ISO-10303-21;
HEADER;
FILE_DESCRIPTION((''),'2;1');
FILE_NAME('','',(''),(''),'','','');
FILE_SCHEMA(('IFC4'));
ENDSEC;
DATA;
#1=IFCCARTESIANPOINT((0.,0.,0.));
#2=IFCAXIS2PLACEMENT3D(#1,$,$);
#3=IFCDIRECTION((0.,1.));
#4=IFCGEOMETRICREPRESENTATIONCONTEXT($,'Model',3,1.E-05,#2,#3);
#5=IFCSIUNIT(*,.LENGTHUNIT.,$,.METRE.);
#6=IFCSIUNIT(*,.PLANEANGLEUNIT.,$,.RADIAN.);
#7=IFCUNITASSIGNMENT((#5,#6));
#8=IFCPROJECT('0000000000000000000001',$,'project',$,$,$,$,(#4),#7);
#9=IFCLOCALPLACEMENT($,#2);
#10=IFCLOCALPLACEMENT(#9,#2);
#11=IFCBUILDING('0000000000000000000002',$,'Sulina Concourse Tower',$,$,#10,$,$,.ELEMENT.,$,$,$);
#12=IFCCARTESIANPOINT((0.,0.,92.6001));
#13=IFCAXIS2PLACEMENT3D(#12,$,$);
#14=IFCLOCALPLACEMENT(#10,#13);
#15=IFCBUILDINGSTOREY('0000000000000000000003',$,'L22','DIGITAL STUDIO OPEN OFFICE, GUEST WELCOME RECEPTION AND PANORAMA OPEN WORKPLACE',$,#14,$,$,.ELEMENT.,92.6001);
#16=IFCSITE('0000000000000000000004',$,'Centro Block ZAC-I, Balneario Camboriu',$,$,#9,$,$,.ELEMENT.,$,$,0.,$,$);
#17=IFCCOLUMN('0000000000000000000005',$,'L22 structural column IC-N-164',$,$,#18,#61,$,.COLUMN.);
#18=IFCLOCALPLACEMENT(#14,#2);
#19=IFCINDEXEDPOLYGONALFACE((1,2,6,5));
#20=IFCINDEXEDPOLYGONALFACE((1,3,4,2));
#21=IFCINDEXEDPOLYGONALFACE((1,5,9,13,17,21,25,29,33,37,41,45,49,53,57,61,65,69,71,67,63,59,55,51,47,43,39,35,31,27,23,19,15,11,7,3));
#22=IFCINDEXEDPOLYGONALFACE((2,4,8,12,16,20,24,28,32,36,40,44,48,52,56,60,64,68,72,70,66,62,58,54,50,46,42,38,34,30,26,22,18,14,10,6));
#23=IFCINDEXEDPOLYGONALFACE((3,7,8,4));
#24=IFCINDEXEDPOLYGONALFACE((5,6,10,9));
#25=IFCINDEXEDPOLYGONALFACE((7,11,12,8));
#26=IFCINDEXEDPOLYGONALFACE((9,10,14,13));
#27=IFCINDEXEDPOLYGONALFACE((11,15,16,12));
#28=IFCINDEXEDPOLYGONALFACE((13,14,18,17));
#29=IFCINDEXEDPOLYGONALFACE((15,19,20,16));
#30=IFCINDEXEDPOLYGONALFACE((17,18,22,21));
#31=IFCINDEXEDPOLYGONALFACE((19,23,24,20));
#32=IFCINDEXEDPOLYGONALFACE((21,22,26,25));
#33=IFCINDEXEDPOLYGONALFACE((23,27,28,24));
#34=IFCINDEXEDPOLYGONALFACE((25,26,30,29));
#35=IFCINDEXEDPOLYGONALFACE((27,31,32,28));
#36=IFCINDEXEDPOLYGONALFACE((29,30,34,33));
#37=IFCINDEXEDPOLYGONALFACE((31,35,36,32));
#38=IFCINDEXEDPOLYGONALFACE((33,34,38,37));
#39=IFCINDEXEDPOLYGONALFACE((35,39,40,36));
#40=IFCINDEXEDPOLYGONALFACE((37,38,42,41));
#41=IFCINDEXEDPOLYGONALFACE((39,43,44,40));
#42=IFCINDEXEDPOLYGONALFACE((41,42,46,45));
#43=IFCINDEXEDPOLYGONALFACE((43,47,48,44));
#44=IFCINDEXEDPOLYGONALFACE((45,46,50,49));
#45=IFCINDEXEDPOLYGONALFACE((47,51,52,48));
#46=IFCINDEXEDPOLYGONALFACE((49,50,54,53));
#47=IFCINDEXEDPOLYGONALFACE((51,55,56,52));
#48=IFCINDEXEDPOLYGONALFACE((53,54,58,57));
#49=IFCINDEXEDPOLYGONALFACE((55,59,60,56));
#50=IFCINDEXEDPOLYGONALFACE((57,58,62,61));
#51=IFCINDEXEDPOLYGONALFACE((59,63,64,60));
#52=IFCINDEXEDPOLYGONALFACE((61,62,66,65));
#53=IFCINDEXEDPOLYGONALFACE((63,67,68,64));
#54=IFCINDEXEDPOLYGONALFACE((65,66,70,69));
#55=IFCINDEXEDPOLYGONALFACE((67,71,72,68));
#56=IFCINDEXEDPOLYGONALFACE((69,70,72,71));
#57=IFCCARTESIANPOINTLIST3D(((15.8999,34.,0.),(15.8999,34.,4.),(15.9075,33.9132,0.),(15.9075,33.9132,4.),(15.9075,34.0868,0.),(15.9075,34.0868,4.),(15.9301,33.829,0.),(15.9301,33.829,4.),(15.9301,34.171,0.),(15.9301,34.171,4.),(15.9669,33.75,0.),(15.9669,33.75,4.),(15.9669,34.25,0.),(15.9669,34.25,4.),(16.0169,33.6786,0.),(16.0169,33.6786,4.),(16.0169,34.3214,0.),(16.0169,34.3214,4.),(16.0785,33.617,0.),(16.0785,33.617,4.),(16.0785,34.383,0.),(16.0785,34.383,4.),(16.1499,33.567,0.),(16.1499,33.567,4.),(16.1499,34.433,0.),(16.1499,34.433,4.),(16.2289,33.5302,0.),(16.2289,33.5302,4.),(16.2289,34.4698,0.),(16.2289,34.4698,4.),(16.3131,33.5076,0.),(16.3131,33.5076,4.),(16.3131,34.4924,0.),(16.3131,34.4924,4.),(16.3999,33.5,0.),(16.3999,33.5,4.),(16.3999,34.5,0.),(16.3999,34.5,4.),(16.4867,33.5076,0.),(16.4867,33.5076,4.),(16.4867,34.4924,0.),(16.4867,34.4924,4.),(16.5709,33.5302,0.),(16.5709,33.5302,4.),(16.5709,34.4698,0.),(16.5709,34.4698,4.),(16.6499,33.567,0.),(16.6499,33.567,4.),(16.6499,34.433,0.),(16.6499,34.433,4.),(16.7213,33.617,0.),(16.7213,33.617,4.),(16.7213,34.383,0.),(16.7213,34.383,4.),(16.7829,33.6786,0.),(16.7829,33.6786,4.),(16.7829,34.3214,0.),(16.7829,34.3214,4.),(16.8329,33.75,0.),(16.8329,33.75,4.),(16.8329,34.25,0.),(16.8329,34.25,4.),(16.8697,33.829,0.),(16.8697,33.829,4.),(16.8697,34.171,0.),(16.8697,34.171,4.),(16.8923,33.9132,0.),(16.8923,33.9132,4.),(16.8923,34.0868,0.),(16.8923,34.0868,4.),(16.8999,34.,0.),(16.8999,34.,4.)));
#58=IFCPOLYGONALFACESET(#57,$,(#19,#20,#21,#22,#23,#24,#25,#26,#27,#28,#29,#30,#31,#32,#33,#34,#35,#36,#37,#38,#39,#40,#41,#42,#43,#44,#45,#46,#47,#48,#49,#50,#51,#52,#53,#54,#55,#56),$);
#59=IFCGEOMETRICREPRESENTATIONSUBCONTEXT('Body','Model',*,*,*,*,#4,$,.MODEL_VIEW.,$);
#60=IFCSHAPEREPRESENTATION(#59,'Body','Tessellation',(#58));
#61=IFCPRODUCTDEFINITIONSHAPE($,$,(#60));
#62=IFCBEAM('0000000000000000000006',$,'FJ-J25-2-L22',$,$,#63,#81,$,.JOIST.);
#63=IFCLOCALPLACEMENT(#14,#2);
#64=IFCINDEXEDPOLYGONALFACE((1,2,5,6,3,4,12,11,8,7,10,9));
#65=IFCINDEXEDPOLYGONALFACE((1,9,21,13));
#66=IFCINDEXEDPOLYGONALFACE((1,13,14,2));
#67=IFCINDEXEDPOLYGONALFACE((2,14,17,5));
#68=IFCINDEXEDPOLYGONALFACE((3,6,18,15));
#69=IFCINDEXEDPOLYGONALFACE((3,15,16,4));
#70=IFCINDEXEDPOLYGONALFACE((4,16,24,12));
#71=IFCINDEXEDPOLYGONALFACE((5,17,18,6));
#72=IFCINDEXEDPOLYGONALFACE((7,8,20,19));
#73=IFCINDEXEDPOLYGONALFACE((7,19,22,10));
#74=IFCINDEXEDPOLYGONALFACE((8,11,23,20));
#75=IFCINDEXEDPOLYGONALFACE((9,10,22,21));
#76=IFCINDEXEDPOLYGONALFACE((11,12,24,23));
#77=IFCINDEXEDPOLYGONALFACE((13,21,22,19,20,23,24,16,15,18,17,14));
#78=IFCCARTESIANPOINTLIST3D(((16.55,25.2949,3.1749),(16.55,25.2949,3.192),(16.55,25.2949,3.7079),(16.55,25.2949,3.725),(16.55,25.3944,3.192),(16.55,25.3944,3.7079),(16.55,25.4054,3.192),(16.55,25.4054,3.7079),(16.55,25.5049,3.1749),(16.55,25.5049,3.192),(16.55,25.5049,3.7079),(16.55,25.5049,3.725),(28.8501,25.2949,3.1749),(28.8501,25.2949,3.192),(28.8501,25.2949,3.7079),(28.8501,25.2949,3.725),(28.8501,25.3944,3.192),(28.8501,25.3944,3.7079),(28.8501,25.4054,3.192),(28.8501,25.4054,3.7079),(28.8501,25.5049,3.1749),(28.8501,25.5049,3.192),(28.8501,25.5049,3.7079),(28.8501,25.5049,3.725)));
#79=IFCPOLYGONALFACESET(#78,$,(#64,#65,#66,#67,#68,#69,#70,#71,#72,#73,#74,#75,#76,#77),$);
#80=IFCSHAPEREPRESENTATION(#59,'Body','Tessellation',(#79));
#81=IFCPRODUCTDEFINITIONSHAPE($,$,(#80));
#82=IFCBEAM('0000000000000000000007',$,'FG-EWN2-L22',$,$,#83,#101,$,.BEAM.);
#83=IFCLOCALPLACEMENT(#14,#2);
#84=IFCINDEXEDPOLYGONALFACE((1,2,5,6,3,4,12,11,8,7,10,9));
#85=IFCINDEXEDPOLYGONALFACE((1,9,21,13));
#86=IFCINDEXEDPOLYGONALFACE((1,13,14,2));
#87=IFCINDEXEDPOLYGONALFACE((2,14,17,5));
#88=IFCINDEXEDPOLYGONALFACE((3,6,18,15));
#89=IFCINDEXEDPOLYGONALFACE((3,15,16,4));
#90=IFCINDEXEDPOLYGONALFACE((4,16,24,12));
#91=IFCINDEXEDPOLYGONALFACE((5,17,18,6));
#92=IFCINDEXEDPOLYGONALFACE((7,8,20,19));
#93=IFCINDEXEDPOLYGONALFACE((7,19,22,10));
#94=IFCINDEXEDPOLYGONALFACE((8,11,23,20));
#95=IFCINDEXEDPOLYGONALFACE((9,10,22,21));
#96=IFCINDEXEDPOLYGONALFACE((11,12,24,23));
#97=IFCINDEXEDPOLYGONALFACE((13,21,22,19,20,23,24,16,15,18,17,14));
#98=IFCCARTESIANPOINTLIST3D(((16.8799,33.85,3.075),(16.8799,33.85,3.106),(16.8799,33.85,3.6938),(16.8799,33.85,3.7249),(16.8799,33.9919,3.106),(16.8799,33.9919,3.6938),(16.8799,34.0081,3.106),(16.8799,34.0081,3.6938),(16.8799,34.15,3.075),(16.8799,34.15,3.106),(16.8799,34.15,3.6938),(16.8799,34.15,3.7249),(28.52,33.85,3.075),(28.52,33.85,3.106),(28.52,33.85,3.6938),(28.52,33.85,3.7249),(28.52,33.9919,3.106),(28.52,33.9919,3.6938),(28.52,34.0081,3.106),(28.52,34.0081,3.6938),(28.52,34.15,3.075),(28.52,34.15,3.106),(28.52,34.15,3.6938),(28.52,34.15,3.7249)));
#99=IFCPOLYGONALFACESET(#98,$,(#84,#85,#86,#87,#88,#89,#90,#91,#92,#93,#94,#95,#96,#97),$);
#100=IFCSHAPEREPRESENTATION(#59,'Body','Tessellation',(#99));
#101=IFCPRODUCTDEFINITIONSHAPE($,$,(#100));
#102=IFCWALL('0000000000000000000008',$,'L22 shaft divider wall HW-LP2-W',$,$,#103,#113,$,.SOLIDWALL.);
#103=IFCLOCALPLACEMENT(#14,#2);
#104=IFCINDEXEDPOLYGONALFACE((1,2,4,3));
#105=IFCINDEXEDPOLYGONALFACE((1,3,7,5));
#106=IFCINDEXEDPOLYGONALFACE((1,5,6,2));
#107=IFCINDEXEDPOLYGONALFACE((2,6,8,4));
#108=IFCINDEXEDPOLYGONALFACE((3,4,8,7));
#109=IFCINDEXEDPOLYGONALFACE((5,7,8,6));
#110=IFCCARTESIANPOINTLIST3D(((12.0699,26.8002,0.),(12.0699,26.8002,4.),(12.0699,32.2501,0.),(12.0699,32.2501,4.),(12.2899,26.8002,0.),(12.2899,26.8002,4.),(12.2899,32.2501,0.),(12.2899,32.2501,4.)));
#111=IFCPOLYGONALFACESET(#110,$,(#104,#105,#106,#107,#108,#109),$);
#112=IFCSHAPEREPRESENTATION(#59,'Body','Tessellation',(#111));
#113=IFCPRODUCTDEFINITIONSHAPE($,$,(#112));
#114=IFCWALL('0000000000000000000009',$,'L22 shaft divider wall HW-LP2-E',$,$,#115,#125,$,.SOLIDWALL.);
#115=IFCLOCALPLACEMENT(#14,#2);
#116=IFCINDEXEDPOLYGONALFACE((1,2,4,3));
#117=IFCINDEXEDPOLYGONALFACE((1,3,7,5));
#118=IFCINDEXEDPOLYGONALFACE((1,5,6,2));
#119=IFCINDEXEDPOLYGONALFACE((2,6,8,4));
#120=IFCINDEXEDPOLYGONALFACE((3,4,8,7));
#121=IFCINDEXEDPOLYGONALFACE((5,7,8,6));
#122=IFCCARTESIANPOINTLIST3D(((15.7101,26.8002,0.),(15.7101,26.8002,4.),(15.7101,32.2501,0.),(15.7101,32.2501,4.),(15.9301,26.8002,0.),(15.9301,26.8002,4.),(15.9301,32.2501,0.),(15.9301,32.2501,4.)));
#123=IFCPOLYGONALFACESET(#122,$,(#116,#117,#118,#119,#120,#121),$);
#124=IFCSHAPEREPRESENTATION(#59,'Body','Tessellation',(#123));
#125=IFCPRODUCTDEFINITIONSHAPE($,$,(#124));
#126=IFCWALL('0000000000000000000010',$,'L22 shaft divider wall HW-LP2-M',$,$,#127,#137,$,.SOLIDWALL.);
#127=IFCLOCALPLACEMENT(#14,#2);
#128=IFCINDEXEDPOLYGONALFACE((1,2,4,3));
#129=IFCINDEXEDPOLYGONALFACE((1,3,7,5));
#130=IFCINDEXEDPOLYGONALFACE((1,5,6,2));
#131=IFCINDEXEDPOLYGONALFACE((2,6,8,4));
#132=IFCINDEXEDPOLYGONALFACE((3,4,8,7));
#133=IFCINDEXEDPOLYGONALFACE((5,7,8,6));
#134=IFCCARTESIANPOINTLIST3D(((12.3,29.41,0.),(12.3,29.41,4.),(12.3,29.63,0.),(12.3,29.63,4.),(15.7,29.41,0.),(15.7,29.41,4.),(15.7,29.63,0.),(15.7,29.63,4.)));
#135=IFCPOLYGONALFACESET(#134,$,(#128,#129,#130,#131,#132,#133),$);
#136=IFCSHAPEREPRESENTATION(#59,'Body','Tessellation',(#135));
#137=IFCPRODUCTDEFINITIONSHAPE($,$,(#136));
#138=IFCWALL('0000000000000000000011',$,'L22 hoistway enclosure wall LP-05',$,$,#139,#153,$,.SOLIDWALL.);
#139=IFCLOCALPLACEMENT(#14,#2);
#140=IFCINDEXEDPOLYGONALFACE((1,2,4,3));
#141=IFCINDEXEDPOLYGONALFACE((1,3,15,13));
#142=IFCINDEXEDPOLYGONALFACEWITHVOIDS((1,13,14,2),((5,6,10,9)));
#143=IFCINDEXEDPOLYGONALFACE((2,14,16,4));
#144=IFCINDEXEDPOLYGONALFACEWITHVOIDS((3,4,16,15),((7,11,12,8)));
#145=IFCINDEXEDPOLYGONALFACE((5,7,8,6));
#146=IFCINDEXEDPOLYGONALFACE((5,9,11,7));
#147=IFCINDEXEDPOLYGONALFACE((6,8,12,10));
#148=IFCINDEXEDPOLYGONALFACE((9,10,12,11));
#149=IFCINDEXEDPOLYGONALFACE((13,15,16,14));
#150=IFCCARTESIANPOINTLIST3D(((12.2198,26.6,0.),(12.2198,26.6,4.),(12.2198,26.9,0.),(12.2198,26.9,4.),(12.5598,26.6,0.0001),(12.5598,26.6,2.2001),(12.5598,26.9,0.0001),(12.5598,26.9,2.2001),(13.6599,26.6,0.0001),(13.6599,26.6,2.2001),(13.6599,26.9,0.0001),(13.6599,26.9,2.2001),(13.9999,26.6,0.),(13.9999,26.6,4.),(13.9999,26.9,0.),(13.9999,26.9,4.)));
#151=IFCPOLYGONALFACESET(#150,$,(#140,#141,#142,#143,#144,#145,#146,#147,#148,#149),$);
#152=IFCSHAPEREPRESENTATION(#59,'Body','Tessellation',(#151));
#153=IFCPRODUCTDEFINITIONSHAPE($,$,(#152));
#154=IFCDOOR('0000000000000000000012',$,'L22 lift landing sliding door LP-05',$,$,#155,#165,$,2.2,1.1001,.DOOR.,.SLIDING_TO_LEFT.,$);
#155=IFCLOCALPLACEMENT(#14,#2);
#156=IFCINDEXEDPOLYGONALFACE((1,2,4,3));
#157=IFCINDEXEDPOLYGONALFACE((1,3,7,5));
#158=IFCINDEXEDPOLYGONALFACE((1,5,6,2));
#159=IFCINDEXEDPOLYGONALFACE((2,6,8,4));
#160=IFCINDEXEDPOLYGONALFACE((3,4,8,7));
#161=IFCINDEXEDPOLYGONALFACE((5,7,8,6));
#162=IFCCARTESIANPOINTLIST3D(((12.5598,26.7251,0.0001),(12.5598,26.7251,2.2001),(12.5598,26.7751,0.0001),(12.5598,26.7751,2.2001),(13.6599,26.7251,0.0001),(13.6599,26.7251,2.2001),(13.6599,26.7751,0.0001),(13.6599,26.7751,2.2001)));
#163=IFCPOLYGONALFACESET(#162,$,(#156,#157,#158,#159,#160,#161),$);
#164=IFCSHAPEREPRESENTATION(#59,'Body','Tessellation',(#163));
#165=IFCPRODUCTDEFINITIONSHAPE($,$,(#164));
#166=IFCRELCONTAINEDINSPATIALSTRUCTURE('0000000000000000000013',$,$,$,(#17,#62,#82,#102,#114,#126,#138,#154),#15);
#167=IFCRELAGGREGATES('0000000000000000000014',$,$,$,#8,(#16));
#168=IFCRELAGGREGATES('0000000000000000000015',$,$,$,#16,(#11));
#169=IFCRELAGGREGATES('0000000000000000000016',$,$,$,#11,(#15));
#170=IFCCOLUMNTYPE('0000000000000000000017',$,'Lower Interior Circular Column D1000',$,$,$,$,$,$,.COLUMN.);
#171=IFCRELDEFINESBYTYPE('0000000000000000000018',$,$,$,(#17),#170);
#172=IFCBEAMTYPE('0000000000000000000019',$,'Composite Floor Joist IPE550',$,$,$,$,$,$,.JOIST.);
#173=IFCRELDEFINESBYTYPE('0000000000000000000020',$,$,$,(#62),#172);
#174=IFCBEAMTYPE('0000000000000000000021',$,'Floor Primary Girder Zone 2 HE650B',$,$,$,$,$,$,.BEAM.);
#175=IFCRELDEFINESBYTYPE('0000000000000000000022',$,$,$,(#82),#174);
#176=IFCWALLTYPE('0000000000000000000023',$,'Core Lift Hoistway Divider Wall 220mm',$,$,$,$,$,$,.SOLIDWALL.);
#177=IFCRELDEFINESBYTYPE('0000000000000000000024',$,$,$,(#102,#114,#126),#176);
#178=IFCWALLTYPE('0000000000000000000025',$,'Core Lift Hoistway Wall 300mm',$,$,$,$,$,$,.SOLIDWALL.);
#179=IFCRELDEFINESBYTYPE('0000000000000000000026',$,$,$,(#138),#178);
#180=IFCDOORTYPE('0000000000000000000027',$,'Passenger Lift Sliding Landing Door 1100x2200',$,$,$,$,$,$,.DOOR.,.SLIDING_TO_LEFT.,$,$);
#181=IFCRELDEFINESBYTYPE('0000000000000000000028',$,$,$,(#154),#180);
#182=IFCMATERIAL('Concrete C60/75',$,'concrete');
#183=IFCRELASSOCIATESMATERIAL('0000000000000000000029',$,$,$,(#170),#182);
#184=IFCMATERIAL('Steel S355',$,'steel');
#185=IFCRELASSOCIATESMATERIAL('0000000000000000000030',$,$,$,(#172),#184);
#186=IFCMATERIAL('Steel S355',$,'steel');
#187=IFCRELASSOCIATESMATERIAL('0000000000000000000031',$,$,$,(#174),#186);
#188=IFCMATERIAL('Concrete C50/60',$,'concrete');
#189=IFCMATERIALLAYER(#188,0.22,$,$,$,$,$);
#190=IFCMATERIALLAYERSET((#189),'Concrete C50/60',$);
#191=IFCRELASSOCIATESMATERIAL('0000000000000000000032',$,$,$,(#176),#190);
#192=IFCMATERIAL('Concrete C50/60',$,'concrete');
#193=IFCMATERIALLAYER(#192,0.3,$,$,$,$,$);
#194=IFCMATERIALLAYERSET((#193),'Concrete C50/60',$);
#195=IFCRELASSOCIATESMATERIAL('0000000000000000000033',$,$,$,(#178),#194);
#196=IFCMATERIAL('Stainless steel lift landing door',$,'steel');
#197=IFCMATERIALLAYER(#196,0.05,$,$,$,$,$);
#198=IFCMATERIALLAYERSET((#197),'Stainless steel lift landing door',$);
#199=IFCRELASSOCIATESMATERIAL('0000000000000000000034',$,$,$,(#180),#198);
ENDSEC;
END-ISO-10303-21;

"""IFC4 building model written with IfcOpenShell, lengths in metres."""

from ifc_helpers import new_model, si_unit, direction, frame, frame_2d, origin, origin_2d, place, context, subcontext, project, spatial, rectangle, circle, i_section, extrude, material, layer, layer_set, material_profile, profile_set, type_object, element, fill, save


model = new_model("IFC4")

# Units and contexts
model_context = context("Model", 3, precision=1e-05, world=origin(), true_north=direction((0.0, 1.0)))
body_context = subcontext(model_context, "Body", "Model", "MODEL_VIEW")
ifc_project = project(units=[si_unit("LENGTHUNIT", "METRE"), si_unit("PLANEANGLEUNIT", "RADIAN")], contexts=[model_context])

# Site, building, storey
site_placement = place(None, origin())
site = spatial("IfcSite", under=ifc_project, at=site_placement, Name="Centro Block ZAC-I, Balneario Camboriu", CompositionType="ELEMENT", RefElevation=0.0)
building_placement = place(site_placement, origin())
building = spatial("IfcBuilding", under=site, at=building_placement, Name="Sulina Concourse Tower", CompositionType="ELEMENT")
storey_placement = place(building_placement, frame((0.0, 0.0, 92.6001)))
storey = spatial("IfcBuildingStorey", under=building, at=storey_placement, Name="L22", Description="DIGITAL STUDIO OPEN OFFICE, GUEST WELCOME RECEPTION AND PANORAMA OPEN WORKPLACE", CompositionType="ELEMENT", Elevation=92.6001)

# Column
ifc_material_1 = material(Name="Concrete C60/75", Category="concrete")
ifc_material_profile_1 = material_profile(ifc_material_1, circle(Radius=0.5, at=origin_2d()), Name="RC D1000")
ifc_profile_set_1 = profile_set([ifc_material_profile_1], Name="Concrete C60/75")
column_type = type_object("IfcColumnType", Name="Lower Interior Circular Column D1000", PredefinedType="COLUMN", material=ifc_profile_set_1)
column_placement = place(storey_placement, frame((16.3999, 34.0, 0.0), z_axis=(0.0, 0.0, 1.0), x_axis=(1.0, 0.0, 0.0)))
element("IfcColumn", 1, at=column_placement, inside=storey, type_object=column_type, Name="L22 structural column IC-N-164", PredefinedType="COLUMN", context=body_context, shape_type="SweptSolid", body=[
    extrude(circle(Radius=0.5, at=origin_2d()), origin(), (0.0, 0.0, 1.0), 4.0),
])

# Beams
ifc_material_2 = material(Name="Steel S355", Category="steel")
ifc_material_profile_2 = material_profile(ifc_material_2, i_section(OverallWidth=0.21, OverallDepth=0.55, WebThickness=0.011, FlangeThickness=0.0171, at=origin_2d()), Name="IPE 550")
ifc_profile_set_2 = profile_set([ifc_material_profile_2], Name="Steel S355")
beam_type_1 = type_object("IfcBeamType", Name="Composite Floor Joist IPE550", PredefinedType="JOIST", material=ifc_profile_set_2)
beam_1_placement = place(storey_placement, frame((16.55, 25.3999, 3.45), z_axis=(1.0, 0.0, 0.0), x_axis=(0.0, 1.0, 0.0)))
element("IfcBeam", 2, at=beam_1_placement, inside=storey, type_object=beam_type_1, Name="FJ-J25-2-L22", PredefinedType="JOIST", context=body_context, shape_type="SweptSolid", body=[
    extrude(i_section(OverallWidth=0.21, OverallDepth=0.55, WebThickness=0.011, FlangeThickness=0.0171, at=origin_2d()), origin(), (0.0, 0.0, 1.0), 12.3),
])
ifc_material_3 = material(Name="Steel S355", Category="steel")
ifc_material_profile_3 = material_profile(ifc_material_3, i_section(OverallWidth=0.3, OverallDepth=0.6499, WebThickness=0.0161, FlangeThickness=0.031, at=origin_2d()), Name="HE 650 B")
ifc_profile_set_3 = profile_set([ifc_material_profile_3], Name="Steel S355")
beam_type_2 = type_object("IfcBeamType", Name="Floor Primary Girder Zone 2 HE650B", PredefinedType="BEAM", material=ifc_profile_set_3)
beam_2_placement = place(storey_placement, frame((16.8799, 34.0, 3.3999), z_axis=(1.0, 0.0, 0.0), x_axis=(0.0, 1.0, 0.0)))
element("IfcBeam", 3, at=beam_2_placement, inside=storey, type_object=beam_type_2, Name="FG-EWN2-L22", PredefinedType="BEAM", context=body_context, shape_type="SweptSolid", body=[
    extrude(i_section(OverallWidth=0.3, OverallDepth=0.6499, WebThickness=0.0161, FlangeThickness=0.031, at=origin_2d()), origin(), (0.0, 0.0, 1.0), 11.6401),
])

# Walls
ifc_material_4 = material(Name="Concrete C50/60", Category="concrete")
ifc_layer_1 = layer(ifc_material_4, 0.22)
ifc_layer_set_1 = layer_set([ifc_layer_1], Name="Concrete C50/60")
wall_type_1 = type_object("IfcWallType", Name="Core Lift Hoistway Divider Wall 220mm", PredefinedType="SOLIDWALL", material=ifc_layer_set_1)
for number, where, z_axis, x_axis, name in (
    (4, (12.1799, 26.8, 0.0), (0.0, 0.0, 1.0), (0.0, 1.0, 0.0), "L22 shaft divider wall HW-LP2-W"),
    (5, (15.8201, 26.8, 0.0), (0.0, 0.0, 1.0), (0.0, 1.0, 0.0), "L22 shaft divider wall HW-LP2-E"),
):
    element("IfcWall", number, at=place(storey_placement, frame(where, z_axis=z_axis, x_axis=x_axis)), inside=storey, type_object=wall_type_1, Name=name, PredefinedType="SOLIDWALL", context=body_context, shape_type="SweptSolid", body=[
        extrude(rectangle(XDim=5.45, YDim=0.22, at=frame_2d((2.7251, 0.0))), origin(), (0.0, 0.0, 1.0), 4.0),
    ])
wall_1_placement = place(storey_placement, frame((12.3, 29.52, 0.0), z_axis=(0.0, 0.0, 1.0), x_axis=(1.0, 0.0, 0.0)))
element("IfcWall", 6, at=wall_1_placement, inside=storey, type_object=wall_type_1, Name="L22 shaft divider wall HW-LP2-M", PredefinedType="SOLIDWALL", context=body_context, shape_type="SweptSolid", body=[
    extrude(rectangle(XDim=3.3999, YDim=0.22, at=frame_2d((1.7, 0.0))), origin(), (0.0, 0.0, 1.0), 4.0),
])

# Wall, opening, door
ifc_material_5 = material(Name="Concrete C50/60", Category="concrete")
ifc_layer_2 = layer(ifc_material_5, 0.3)
ifc_layer_set_2 = layer_set([ifc_layer_2], Name="Concrete C50/60")
wall_type_2 = type_object("IfcWallType", Name="Core Lift Hoistway Wall 300mm", PredefinedType="SOLIDWALL", material=ifc_layer_set_2)
wall_2_placement = place(storey_placement, frame((14.0, 26.75, 0.0), z_axis=(0.0, 0.0, 1.0), x_axis=(-1.0, 0.0, 0.0)))
wall_2 = element("IfcWall", 7, at=wall_2_placement, inside=storey, type_object=wall_type_2, Name="L22 hoistway enclosure wall LP-05", PredefinedType="SOLIDWALL", context=body_context, shape_type="SweptSolid", body=[
    extrude(rectangle(XDim=1.78, YDim=0.3, at=frame_2d((0.8901, 0.0))), origin(), (0.0, 0.0, 1.0), 4.0),
])
opening_1_placement = place(wall_2_placement, frame((0.3401, 0.0, 0.0)))
opening_1 = element("IfcOpeningElement", 8, at=opening_1_placement, cuts=wall_2, PredefinedType="OPENING", context=body_context, shape_type="SweptSolid", body=[
    extrude(rectangle(XDim=1.1001, YDim=2.2, at=frame_2d((0.55, 1.1001))), frame((0.0, 0.1599, 0.0), z_axis=(0.0, -1.0, 0.0), x_axis=(1.0, 0.0, 0.0)), (0.0, 0.0, 1.0), 0.3201),
])
ifc_material_6 = material(Name="Stainless steel lift landing door", Category="steel")
ifc_layer_3 = layer(ifc_material_6, 0.05)
ifc_layer_set_3 = layer_set([ifc_layer_3], Name="Stainless steel lift landing door")
door_type_1 = type_object("IfcDoorType", Name="Passenger Lift Sliding Landing Door 1100x2200", OperationType="SLIDING_TO_LEFT", PredefinedType="DOOR", material=ifc_layer_set_3)
door_1_placement = place(opening_1_placement, origin())
door_1 = element("IfcDoor", 9, at=door_1_placement, inside=storey, type_object=door_type_1, Name="L22 lift landing sliding door LP-05", OperationType="SLIDING_TO_LEFT", OverallHeight=2.2, OverallWidth=1.1001, PredefinedType="DOOR", context=body_context, shape_type="SweptSolid", body=[
    extrude(rectangle(XDim=1.1001, YDim=2.2, at=frame_2d((0.55, 1.1001))), frame((0.0, 0.0249, 0.0), z_axis=(0.0, -1.0, 0.0), x_axis=(1.0, 0.0, 0.0)), (0.0, 0.0, 1.0), 0.05),
])
fill(opening_1, door_1)

save(model, "model.ifc")
